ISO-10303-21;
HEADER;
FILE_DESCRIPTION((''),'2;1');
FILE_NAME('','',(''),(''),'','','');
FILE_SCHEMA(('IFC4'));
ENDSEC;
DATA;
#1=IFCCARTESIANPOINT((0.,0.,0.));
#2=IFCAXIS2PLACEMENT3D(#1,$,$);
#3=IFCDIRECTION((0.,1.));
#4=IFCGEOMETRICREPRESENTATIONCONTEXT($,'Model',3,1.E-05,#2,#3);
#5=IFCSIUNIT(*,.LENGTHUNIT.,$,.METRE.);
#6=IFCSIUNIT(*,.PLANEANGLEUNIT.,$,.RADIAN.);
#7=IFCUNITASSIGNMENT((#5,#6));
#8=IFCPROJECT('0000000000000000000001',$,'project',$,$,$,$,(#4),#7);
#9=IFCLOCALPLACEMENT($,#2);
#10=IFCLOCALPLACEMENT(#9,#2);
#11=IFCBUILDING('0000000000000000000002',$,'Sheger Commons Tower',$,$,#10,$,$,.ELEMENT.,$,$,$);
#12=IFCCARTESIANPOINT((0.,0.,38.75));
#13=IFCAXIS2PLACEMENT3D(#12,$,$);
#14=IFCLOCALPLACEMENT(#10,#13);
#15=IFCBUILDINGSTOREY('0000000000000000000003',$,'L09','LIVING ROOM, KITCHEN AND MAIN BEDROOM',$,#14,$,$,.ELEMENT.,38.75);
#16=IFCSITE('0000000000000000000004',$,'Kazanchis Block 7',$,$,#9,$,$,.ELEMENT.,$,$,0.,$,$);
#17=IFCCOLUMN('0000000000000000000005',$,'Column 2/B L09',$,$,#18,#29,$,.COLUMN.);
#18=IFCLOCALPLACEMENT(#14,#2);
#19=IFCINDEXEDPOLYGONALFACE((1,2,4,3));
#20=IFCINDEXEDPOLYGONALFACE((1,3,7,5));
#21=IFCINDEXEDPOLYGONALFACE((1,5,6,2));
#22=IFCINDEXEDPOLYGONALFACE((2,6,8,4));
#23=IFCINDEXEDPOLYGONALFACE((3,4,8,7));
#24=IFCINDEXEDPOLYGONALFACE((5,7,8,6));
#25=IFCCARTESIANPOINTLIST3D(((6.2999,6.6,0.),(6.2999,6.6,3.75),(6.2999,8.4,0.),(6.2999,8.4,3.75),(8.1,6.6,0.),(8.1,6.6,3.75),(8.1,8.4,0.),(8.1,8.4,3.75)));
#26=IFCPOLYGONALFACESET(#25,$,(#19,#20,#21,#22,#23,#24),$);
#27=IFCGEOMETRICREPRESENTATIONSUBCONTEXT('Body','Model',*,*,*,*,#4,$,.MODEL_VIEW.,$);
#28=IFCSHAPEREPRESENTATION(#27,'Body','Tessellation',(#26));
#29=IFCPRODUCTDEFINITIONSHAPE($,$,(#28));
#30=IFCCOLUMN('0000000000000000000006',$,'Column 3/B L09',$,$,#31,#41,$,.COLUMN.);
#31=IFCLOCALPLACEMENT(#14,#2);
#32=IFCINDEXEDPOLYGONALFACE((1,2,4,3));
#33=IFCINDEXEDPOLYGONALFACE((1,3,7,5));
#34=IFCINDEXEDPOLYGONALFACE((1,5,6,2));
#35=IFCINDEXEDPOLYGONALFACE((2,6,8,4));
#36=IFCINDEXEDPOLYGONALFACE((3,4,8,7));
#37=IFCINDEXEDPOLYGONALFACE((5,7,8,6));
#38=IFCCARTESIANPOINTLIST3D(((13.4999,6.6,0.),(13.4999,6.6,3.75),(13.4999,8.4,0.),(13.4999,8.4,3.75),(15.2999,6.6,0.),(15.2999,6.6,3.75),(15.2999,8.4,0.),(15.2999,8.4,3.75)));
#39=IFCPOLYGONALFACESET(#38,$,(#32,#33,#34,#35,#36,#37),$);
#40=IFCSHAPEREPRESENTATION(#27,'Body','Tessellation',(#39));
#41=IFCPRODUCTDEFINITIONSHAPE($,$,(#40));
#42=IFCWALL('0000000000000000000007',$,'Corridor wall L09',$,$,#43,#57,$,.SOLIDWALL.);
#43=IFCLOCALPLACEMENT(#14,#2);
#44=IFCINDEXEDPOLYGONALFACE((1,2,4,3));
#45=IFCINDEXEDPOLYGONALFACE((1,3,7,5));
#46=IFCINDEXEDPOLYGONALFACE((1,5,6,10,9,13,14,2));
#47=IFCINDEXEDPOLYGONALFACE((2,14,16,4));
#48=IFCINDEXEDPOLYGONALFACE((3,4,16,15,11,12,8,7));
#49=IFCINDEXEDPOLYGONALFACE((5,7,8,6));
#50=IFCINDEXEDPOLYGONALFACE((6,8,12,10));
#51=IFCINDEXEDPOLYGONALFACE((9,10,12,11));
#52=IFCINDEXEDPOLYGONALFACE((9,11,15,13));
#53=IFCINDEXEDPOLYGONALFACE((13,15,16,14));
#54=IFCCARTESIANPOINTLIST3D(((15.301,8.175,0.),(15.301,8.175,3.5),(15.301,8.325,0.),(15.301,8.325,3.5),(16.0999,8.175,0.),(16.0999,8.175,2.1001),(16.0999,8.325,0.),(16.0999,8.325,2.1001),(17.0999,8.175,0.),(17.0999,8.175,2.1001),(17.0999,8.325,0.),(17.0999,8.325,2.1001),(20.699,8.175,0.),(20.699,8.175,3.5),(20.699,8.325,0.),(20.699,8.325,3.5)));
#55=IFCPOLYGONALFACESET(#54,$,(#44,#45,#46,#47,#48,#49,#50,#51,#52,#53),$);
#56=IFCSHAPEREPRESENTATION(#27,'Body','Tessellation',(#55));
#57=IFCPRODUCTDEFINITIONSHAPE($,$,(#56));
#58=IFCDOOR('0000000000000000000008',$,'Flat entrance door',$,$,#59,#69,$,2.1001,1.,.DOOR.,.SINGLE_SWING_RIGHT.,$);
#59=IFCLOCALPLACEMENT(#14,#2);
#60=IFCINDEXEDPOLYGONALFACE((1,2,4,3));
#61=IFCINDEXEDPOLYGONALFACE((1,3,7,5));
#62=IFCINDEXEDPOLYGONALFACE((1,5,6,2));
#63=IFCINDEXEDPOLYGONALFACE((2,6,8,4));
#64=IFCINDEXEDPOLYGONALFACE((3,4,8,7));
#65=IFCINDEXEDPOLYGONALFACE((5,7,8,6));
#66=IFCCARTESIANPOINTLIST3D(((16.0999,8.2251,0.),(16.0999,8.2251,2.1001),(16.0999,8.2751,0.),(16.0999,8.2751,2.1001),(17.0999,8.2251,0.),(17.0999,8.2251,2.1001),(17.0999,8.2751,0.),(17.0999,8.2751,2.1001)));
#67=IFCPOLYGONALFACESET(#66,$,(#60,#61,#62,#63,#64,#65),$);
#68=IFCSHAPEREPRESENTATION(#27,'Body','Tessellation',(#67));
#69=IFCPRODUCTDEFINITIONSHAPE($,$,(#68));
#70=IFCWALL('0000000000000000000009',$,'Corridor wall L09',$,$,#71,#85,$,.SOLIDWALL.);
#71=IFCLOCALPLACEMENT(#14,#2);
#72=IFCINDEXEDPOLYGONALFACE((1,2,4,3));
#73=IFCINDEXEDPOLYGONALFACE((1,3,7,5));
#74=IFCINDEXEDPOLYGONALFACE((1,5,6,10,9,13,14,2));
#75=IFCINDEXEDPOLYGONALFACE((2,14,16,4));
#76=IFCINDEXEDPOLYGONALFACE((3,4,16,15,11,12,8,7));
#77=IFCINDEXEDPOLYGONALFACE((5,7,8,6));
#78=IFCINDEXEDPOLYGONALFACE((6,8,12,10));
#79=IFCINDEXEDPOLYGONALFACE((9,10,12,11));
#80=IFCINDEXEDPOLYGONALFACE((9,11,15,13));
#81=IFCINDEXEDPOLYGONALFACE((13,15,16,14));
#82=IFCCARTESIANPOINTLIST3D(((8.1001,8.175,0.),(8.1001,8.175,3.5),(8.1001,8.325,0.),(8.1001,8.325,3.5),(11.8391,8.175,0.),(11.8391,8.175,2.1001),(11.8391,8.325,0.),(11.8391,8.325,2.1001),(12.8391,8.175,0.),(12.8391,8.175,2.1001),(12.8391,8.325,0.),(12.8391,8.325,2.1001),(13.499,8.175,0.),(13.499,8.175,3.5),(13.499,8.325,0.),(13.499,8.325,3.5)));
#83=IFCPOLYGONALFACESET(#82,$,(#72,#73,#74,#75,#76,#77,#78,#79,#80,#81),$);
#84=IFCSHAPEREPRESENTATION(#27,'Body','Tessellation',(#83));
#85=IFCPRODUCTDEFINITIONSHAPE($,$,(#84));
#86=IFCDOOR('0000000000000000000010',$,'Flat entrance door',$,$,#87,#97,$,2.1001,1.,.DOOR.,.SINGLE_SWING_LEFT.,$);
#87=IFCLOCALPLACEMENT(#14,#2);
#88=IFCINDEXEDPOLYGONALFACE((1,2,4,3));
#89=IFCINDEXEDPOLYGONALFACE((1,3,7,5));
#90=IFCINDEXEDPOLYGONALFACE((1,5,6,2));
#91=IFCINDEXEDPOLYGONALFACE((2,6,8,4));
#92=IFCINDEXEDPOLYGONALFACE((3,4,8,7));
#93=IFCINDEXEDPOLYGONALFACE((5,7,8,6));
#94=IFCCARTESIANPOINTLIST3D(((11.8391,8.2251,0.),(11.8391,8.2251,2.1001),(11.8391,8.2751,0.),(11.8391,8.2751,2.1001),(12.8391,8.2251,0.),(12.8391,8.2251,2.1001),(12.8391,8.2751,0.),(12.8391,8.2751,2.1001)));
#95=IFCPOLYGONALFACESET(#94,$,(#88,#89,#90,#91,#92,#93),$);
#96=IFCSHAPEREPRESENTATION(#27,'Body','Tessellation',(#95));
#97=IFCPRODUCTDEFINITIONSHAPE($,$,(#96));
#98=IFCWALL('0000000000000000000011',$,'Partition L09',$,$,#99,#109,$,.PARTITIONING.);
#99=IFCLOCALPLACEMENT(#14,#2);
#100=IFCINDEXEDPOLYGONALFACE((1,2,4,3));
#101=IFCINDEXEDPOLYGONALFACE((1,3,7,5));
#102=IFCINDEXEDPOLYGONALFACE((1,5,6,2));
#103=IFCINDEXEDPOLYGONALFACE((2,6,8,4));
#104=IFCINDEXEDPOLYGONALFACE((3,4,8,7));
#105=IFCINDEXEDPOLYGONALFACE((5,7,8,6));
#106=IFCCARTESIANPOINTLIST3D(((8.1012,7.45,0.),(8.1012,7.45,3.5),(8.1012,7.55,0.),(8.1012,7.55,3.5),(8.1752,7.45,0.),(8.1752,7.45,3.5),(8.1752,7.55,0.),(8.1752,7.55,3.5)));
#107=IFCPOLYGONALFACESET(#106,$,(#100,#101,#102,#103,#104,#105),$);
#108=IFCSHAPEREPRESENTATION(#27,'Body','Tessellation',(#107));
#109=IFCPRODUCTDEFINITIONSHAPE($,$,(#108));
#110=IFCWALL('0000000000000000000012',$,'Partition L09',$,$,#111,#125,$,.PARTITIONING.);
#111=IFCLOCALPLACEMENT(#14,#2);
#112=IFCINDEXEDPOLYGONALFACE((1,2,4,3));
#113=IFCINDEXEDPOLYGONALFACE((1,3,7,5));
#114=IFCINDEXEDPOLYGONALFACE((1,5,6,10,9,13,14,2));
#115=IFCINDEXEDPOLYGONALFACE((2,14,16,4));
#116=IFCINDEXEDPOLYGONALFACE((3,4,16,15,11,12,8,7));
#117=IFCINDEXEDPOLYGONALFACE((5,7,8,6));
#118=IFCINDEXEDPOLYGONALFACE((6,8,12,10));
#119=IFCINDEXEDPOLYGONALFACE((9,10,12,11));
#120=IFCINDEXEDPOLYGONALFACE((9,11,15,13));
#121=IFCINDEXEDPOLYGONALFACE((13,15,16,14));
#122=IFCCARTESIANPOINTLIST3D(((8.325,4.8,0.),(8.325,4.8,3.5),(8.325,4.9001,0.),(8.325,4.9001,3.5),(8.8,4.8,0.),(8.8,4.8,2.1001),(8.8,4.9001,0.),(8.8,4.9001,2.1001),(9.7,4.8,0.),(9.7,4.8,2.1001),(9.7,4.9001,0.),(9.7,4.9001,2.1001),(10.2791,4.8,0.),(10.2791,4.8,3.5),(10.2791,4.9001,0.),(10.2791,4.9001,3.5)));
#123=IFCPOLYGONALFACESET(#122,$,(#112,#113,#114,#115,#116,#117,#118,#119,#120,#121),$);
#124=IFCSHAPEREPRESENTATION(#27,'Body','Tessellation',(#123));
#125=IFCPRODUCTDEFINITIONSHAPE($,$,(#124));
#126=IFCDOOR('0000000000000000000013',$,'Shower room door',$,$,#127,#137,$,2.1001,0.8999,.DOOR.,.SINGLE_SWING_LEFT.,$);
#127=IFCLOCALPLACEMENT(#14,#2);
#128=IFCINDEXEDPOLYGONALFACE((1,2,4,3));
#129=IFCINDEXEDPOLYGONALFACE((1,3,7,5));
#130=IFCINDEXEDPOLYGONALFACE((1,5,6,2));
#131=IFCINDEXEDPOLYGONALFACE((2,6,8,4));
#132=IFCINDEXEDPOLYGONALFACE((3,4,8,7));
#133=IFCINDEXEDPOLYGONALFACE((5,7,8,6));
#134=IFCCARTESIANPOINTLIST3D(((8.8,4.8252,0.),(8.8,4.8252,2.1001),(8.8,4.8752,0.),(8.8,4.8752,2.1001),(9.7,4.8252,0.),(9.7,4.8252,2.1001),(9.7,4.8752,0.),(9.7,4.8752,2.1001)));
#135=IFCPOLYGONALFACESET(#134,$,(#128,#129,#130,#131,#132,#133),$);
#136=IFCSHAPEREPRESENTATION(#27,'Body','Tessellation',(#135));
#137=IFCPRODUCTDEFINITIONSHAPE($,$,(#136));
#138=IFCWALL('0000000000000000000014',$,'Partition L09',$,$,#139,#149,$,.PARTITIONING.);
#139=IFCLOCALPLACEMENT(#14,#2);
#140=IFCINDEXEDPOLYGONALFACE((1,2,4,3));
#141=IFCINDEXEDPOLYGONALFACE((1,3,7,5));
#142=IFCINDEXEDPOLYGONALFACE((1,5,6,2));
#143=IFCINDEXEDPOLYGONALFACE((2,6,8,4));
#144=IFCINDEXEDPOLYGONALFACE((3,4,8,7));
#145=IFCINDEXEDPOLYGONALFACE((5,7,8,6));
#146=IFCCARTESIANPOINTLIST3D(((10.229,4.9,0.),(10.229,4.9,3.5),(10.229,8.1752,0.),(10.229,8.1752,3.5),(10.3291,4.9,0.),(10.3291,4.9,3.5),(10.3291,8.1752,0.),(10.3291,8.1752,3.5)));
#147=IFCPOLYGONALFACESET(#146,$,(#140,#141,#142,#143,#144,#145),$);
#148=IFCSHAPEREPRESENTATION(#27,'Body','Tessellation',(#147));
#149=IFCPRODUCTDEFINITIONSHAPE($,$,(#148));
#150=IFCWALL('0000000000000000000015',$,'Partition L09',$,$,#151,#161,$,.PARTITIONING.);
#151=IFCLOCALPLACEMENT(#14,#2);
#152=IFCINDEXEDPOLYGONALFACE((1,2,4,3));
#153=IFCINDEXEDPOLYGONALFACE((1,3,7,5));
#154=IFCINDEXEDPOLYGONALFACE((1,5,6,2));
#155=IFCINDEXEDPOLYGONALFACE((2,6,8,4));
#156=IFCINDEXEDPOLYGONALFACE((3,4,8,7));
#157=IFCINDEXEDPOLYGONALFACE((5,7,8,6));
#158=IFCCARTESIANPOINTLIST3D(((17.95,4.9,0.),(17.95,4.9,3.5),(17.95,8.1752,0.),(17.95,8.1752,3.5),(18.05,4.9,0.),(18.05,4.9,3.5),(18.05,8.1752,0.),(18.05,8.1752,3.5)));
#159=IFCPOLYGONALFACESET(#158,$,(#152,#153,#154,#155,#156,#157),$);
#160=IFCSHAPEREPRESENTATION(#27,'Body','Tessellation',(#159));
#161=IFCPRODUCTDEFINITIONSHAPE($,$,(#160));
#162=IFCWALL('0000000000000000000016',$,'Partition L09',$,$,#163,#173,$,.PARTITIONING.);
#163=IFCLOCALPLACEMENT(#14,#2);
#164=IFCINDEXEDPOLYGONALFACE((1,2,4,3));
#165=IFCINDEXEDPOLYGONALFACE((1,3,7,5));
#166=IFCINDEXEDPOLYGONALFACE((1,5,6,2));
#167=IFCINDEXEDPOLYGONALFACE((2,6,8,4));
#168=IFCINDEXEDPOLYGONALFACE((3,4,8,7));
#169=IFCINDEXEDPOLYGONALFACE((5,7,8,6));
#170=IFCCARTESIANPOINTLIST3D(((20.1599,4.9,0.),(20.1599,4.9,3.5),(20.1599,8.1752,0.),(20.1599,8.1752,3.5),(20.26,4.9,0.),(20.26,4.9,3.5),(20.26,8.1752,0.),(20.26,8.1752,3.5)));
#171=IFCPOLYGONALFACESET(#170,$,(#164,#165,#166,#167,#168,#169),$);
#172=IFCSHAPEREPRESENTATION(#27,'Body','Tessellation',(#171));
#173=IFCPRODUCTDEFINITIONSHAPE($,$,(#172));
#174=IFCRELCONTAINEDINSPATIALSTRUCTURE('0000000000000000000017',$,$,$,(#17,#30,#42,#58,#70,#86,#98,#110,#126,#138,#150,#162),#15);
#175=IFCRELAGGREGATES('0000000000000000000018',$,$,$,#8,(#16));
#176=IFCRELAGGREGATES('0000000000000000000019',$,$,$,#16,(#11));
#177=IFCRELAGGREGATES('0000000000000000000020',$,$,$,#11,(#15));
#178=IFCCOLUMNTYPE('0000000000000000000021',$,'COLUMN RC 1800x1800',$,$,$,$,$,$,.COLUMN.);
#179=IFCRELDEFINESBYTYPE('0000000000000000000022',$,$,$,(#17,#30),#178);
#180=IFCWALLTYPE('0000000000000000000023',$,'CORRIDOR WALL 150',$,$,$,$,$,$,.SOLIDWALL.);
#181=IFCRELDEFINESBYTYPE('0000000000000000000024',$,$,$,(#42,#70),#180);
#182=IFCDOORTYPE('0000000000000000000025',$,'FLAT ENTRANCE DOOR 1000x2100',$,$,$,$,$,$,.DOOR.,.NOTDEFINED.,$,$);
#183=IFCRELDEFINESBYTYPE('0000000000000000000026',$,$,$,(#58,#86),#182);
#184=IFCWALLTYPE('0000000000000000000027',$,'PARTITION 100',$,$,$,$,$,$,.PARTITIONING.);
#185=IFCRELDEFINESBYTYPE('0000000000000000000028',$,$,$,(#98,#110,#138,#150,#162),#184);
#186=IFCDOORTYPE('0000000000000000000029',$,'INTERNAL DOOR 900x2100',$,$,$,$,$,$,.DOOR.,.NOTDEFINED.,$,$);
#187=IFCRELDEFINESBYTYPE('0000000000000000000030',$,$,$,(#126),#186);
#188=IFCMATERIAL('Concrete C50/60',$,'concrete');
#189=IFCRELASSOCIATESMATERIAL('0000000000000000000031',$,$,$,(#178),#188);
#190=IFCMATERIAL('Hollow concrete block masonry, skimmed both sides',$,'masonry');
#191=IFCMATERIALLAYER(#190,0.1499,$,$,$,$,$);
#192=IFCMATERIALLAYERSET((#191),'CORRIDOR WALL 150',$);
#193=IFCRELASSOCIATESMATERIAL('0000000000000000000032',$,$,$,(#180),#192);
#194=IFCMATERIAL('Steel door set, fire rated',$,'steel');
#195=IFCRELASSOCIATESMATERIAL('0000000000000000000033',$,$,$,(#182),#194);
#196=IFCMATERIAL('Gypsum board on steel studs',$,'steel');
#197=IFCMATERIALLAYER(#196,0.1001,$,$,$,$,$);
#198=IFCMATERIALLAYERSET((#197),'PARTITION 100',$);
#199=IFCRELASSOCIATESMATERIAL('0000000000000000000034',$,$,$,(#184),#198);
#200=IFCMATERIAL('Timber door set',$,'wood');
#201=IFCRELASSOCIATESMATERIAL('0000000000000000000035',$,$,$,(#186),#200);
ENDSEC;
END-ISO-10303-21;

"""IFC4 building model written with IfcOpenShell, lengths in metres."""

from ifc_helpers import new_model, si_unit, direction, frame, frame_2d, origin, origin_2d, place, context, subcontext, project, spatial, rectangle, extrude, material, layer, layer_set, material_profile, profile_set, type_object, element, fill, save


model = new_model("IFC4")

# Units and contexts
model_context = context("Model", 3, precision=1e-05, world=origin(), true_north=direction((0.0, 1.0)))
body_context = subcontext(model_context, "Body", "Model", "MODEL_VIEW")
ifc_project = project(units=[si_unit("LENGTHUNIT", "METRE"), si_unit("PLANEANGLEUNIT", "RADIAN")], contexts=[model_context])

# Site, building, storey
site_placement = place(None, origin())
site = spatial("IfcSite", under=ifc_project, at=site_placement, Name="Kazanchis Block 7", CompositionType="ELEMENT", RefElevation=0.0)
building_placement = place(site_placement, origin())
building = spatial("IfcBuilding", under=site, at=building_placement, Name="Sheger Commons Tower", CompositionType="ELEMENT")
storey_placement = place(building_placement, frame((0.0, 0.0, 38.75)))
storey = spatial("IfcBuildingStorey", under=building, at=storey_placement, Name="L09", Description="LIVING ROOM, KITCHEN AND MAIN BEDROOM", CompositionType="ELEMENT", Elevation=38.75)

# Columns
ifc_material_1 = material(Name="Concrete C50/60", Category="concrete")
ifc_material_profile = material_profile(ifc_material_1, rectangle(XDim=1.8, YDim=1.8, at=origin_2d()), Name="RC 1800x1800")
ifc_profile_set = profile_set([ifc_material_profile], Name="Concrete C50/60")
column_type = type_object("IfcColumnType", Name="COLUMN RC 1800x1800", PredefinedType="COLUMN", material=ifc_profile_set)
for number, where, z_axis, x_axis, name in (
    (1, (7.2, 7.5, 0.0), (0.0, 0.0, 1.0), (1.0, 0.0, 0.0), "Column 2/B L09"),
    (2, (14.3999, 7.5, 0.0), (0.0, 0.0, 1.0), (1.0, 0.0, 0.0), "Column 3/B L09"),
):
    element("IfcColumn", number, at=place(storey_placement, frame(where, z_axis=z_axis, x_axis=x_axis)), inside=storey, type_object=column_type, Name=name, PredefinedType="COLUMN", context=body_context, shape_type="SweptSolid", body=[
        extrude(rectangle(XDim=1.8, YDim=1.8, at=origin_2d()), origin(), (0.0, 0.0, 1.0), 3.75),
    ])

# Walls, openings, doors
ifc_material_2 = material(Name="Hollow concrete block masonry, skimmed both sides", Category="masonry")
ifc_layer_1 = layer(ifc_material_2, 0.1499)
ifc_layer_set_1 = layer_set([ifc_layer_1], Name="CORRIDOR WALL 150")
wall_type_1 = type_object("IfcWallType", Name="CORRIDOR WALL 150", PredefinedType="SOLIDWALL", material=ifc_layer_set_1)
wall_1_placement = place(storey_placement, frame((20.699, 8.25, 0.0), z_axis=(0.0, 0.0, 1.0), x_axis=(-1.0, 0.0, 0.0)))
wall_1 = element("IfcWall", 3, at=wall_1_placement, inside=storey, type_object=wall_type_1, Name="Corridor wall L09", PredefinedType="SOLIDWALL", context=body_context, shape_type="SweptSolid", body=[
    extrude(rectangle(XDim=5.3979, YDim=0.1499, at=frame_2d((2.699, 0.0))), origin(), (0.0, 0.0, 1.0), 3.5),
])
opening_1_placement = place(wall_1_placement, frame((3.5991, 0.0, 0.0)))
opening_1 = element("IfcOpeningElement", 4, at=opening_1_placement, cuts=wall_1, PredefinedType="OPENING", context=body_context, shape_type="SweptSolid", body=[
    extrude(rectangle(XDim=1.0, YDim=2.1001, at=frame_2d((0.5, 1.05))), frame((0.0, 0.085, 0.0), z_axis=(0.0, -1.0, 0.0), x_axis=(1.0, 0.0, 0.0)), (0.0, 0.0, 1.0), 0.1699),
])
ifc_material_3 = material(Name="Steel door set, fire rated", Category="steel")
door_type_1 = type_object("IfcDoorType", Name="FLAT ENTRANCE DOOR 1000x2100", OperationType="NOTDEFINED", PredefinedType="DOOR", material=ifc_material_3)
door_1_placement = place(opening_1_placement, origin())
door_1 = element("IfcDoor", 5, at=door_1_placement, inside=storey, type_object=door_type_1, Name="Flat entrance door", OperationType="SINGLE_SWING_RIGHT", OverallHeight=2.1001, OverallWidth=1.0, PredefinedType="DOOR", context=body_context, shape_type="SweptSolid", body=[
    extrude(rectangle(XDim=1.0, YDim=2.1001, at=frame_2d((0.5, 1.05))), frame((0.0, 0.0249, 0.0), z_axis=(0.0, -1.0, 0.0), x_axis=(1.0, 0.0, 0.0)), (0.0, 0.0, 1.0), 0.05),
])
fill(opening_1, door_1)
wall_2_placement = place(storey_placement, frame((13.499, 8.25, 0.0), z_axis=(0.0, 0.0, 1.0), x_axis=(-1.0, 0.0, 0.0)))
wall_2 = element("IfcWall", 6, at=wall_2_placement, inside=storey, type_object=wall_type_1, Name="Corridor wall L09", PredefinedType="SOLIDWALL", context=body_context, shape_type="SweptSolid", body=[
    extrude(rectangle(XDim=5.3989, YDim=0.1499, at=frame_2d((2.6995, 0.0))), origin(), (0.0, 0.0, 1.0), 3.5),
])
opening_2_placement = place(wall_2_placement, frame((0.6599, 0.0, 0.0)))
opening_2 = element("IfcOpeningElement", 7, at=opening_2_placement, cuts=wall_2, PredefinedType="OPENING", context=body_context, shape_type="SweptSolid", body=[
    extrude(rectangle(XDim=1.0, YDim=2.1001, at=frame_2d((0.5, 1.05))), frame((0.0, 0.085, 0.0), z_axis=(0.0, -1.0, 0.0), x_axis=(1.0, 0.0, 0.0)), (0.0, 0.0, 1.0), 0.1699),
])
door_2_placement = place(opening_2_placement, origin())
door_2 = element("IfcDoor", 8, at=door_2_placement, inside=storey, type_object=door_type_1, Name="Flat entrance door", OperationType="SINGLE_SWING_LEFT", OverallHeight=2.1001, OverallWidth=1.0, PredefinedType="DOOR", context=body_context, shape_type="SweptSolid", body=[
    extrude(rectangle(XDim=1.0, YDim=2.1001, at=frame_2d((0.5, 1.05))), frame((0.0, 0.0249, 0.0), z_axis=(0.0, -1.0, 0.0), x_axis=(1.0, 0.0, 0.0)), (0.0, 0.0, 1.0), 0.05),
])
fill(opening_2, door_2)

# Wall
ifc_material_4 = material(Name="Gypsum board on steel studs", Category="steel")
ifc_layer_2 = layer(ifc_material_4, 0.1001)
ifc_layer_set_2 = layer_set([ifc_layer_2], Name="PARTITION 100")
wall_type_2 = type_object("IfcWallType", Name="PARTITION 100", PredefinedType="PARTITIONING", material=ifc_layer_set_2)
wall_3_placement = place(storey_placement, frame((8.1011, 7.5, 0.0), z_axis=(0.0, 0.0, 1.0), x_axis=(1.0, 0.0, 0.0)))
element("IfcWall", 9, at=wall_3_placement, inside=storey, type_object=wall_type_2, Name="Partition L09", PredefinedType="PARTITIONING", context=body_context, shape_type="SweptSolid", body=[
    extrude(rectangle(XDim=0.074, YDim=0.1001, at=frame_2d((0.0371, 0.0))), origin(), (0.0, 0.0, 1.0), 3.5),
])

# Wall, opening, door
wall_4_placement = place(storey_placement, frame((10.2791, 4.8501, 0.0), z_axis=(0.0, 0.0, 1.0), x_axis=(-1.0, 0.0, 0.0)))
wall_4 = element("IfcWall", 10, at=wall_4_placement, inside=storey, type_object=wall_type_2, Name="Partition L09", PredefinedType="PARTITIONING", context=body_context, shape_type="SweptSolid", body=[
    extrude(rectangle(XDim=1.9541, YDim=0.1001, at=frame_2d((0.9771, 0.0))), origin(), (0.0, 0.0, 1.0), 3.5),
])
opening_3_placement = place(wall_4_placement, frame((0.5791, 0.0, 0.0)))
opening_3 = element("IfcOpeningElement", 11, at=opening_3_placement, cuts=wall_4, PredefinedType="OPENING", context=body_context, shape_type="SweptSolid", body=[
    extrude(rectangle(XDim=0.8999, YDim=2.1001, at=frame_2d((0.45, 1.05))), frame((0.0, 0.0601, 0.0), z_axis=(0.0, -1.0, 0.0), x_axis=(1.0, 0.0, 0.0)), (0.0, 0.0, 1.0), 0.1201),
])
ifc_material_5 = material(Name="Timber door set", Category="wood")
door_type_2 = type_object("IfcDoorType", Name="INTERNAL DOOR 900x2100", OperationType="NOTDEFINED", PredefinedType="DOOR", material=ifc_material_5)
door_3_placement = place(opening_3_placement, origin())
door_3 = element("IfcDoor", 12, at=door_3_placement, inside=storey, type_object=door_type_2, Name="Shower room door", OperationType="SINGLE_SWING_LEFT", OverallHeight=2.1001, OverallWidth=0.8999, PredefinedType="DOOR", context=body_context, shape_type="SweptSolid", body=[
    extrude(rectangle(XDim=0.8999, YDim=2.1001, at=frame_2d((0.45, 1.05))), frame((0.0, 0.0249, 0.0), z_axis=(0.0, -1.0, 0.0), x_axis=(1.0, 0.0, 0.0)), (0.0, 0.0, 1.0), 0.05),
])
fill(opening_3, door_3)

# Walls
for number, where, z_axis, x_axis, name in (
    (13, (10.2791, 4.8999, 0.0), (0.0, 0.0, 1.0), (0.0, 1.0, 0.0), "Partition L09"),
    (14, (18.0, 4.8999, 0.0), (0.0, 0.0, 1.0), (0.0, 1.0, 0.0), "Partition L09"),
    (15, (20.21, 4.8999, 0.0), (0.0, 0.0, 1.0), (0.0, 1.0, 0.0), "Partition L09"),
):
    element("IfcWall", number, at=place(storey_placement, frame(where, z_axis=z_axis, x_axis=x_axis)), inside=storey, type_object=wall_type_2, Name=name, PredefinedType="PARTITIONING", context=body_context, shape_type="SweptSolid", body=[
        extrude(rectangle(XDim=3.2751, YDim=0.1001, at=frame_2d((1.6377, 0.0))), origin(), (0.0, 0.0, 1.0), 3.5),
    ])

save(model, "model.ifc")
